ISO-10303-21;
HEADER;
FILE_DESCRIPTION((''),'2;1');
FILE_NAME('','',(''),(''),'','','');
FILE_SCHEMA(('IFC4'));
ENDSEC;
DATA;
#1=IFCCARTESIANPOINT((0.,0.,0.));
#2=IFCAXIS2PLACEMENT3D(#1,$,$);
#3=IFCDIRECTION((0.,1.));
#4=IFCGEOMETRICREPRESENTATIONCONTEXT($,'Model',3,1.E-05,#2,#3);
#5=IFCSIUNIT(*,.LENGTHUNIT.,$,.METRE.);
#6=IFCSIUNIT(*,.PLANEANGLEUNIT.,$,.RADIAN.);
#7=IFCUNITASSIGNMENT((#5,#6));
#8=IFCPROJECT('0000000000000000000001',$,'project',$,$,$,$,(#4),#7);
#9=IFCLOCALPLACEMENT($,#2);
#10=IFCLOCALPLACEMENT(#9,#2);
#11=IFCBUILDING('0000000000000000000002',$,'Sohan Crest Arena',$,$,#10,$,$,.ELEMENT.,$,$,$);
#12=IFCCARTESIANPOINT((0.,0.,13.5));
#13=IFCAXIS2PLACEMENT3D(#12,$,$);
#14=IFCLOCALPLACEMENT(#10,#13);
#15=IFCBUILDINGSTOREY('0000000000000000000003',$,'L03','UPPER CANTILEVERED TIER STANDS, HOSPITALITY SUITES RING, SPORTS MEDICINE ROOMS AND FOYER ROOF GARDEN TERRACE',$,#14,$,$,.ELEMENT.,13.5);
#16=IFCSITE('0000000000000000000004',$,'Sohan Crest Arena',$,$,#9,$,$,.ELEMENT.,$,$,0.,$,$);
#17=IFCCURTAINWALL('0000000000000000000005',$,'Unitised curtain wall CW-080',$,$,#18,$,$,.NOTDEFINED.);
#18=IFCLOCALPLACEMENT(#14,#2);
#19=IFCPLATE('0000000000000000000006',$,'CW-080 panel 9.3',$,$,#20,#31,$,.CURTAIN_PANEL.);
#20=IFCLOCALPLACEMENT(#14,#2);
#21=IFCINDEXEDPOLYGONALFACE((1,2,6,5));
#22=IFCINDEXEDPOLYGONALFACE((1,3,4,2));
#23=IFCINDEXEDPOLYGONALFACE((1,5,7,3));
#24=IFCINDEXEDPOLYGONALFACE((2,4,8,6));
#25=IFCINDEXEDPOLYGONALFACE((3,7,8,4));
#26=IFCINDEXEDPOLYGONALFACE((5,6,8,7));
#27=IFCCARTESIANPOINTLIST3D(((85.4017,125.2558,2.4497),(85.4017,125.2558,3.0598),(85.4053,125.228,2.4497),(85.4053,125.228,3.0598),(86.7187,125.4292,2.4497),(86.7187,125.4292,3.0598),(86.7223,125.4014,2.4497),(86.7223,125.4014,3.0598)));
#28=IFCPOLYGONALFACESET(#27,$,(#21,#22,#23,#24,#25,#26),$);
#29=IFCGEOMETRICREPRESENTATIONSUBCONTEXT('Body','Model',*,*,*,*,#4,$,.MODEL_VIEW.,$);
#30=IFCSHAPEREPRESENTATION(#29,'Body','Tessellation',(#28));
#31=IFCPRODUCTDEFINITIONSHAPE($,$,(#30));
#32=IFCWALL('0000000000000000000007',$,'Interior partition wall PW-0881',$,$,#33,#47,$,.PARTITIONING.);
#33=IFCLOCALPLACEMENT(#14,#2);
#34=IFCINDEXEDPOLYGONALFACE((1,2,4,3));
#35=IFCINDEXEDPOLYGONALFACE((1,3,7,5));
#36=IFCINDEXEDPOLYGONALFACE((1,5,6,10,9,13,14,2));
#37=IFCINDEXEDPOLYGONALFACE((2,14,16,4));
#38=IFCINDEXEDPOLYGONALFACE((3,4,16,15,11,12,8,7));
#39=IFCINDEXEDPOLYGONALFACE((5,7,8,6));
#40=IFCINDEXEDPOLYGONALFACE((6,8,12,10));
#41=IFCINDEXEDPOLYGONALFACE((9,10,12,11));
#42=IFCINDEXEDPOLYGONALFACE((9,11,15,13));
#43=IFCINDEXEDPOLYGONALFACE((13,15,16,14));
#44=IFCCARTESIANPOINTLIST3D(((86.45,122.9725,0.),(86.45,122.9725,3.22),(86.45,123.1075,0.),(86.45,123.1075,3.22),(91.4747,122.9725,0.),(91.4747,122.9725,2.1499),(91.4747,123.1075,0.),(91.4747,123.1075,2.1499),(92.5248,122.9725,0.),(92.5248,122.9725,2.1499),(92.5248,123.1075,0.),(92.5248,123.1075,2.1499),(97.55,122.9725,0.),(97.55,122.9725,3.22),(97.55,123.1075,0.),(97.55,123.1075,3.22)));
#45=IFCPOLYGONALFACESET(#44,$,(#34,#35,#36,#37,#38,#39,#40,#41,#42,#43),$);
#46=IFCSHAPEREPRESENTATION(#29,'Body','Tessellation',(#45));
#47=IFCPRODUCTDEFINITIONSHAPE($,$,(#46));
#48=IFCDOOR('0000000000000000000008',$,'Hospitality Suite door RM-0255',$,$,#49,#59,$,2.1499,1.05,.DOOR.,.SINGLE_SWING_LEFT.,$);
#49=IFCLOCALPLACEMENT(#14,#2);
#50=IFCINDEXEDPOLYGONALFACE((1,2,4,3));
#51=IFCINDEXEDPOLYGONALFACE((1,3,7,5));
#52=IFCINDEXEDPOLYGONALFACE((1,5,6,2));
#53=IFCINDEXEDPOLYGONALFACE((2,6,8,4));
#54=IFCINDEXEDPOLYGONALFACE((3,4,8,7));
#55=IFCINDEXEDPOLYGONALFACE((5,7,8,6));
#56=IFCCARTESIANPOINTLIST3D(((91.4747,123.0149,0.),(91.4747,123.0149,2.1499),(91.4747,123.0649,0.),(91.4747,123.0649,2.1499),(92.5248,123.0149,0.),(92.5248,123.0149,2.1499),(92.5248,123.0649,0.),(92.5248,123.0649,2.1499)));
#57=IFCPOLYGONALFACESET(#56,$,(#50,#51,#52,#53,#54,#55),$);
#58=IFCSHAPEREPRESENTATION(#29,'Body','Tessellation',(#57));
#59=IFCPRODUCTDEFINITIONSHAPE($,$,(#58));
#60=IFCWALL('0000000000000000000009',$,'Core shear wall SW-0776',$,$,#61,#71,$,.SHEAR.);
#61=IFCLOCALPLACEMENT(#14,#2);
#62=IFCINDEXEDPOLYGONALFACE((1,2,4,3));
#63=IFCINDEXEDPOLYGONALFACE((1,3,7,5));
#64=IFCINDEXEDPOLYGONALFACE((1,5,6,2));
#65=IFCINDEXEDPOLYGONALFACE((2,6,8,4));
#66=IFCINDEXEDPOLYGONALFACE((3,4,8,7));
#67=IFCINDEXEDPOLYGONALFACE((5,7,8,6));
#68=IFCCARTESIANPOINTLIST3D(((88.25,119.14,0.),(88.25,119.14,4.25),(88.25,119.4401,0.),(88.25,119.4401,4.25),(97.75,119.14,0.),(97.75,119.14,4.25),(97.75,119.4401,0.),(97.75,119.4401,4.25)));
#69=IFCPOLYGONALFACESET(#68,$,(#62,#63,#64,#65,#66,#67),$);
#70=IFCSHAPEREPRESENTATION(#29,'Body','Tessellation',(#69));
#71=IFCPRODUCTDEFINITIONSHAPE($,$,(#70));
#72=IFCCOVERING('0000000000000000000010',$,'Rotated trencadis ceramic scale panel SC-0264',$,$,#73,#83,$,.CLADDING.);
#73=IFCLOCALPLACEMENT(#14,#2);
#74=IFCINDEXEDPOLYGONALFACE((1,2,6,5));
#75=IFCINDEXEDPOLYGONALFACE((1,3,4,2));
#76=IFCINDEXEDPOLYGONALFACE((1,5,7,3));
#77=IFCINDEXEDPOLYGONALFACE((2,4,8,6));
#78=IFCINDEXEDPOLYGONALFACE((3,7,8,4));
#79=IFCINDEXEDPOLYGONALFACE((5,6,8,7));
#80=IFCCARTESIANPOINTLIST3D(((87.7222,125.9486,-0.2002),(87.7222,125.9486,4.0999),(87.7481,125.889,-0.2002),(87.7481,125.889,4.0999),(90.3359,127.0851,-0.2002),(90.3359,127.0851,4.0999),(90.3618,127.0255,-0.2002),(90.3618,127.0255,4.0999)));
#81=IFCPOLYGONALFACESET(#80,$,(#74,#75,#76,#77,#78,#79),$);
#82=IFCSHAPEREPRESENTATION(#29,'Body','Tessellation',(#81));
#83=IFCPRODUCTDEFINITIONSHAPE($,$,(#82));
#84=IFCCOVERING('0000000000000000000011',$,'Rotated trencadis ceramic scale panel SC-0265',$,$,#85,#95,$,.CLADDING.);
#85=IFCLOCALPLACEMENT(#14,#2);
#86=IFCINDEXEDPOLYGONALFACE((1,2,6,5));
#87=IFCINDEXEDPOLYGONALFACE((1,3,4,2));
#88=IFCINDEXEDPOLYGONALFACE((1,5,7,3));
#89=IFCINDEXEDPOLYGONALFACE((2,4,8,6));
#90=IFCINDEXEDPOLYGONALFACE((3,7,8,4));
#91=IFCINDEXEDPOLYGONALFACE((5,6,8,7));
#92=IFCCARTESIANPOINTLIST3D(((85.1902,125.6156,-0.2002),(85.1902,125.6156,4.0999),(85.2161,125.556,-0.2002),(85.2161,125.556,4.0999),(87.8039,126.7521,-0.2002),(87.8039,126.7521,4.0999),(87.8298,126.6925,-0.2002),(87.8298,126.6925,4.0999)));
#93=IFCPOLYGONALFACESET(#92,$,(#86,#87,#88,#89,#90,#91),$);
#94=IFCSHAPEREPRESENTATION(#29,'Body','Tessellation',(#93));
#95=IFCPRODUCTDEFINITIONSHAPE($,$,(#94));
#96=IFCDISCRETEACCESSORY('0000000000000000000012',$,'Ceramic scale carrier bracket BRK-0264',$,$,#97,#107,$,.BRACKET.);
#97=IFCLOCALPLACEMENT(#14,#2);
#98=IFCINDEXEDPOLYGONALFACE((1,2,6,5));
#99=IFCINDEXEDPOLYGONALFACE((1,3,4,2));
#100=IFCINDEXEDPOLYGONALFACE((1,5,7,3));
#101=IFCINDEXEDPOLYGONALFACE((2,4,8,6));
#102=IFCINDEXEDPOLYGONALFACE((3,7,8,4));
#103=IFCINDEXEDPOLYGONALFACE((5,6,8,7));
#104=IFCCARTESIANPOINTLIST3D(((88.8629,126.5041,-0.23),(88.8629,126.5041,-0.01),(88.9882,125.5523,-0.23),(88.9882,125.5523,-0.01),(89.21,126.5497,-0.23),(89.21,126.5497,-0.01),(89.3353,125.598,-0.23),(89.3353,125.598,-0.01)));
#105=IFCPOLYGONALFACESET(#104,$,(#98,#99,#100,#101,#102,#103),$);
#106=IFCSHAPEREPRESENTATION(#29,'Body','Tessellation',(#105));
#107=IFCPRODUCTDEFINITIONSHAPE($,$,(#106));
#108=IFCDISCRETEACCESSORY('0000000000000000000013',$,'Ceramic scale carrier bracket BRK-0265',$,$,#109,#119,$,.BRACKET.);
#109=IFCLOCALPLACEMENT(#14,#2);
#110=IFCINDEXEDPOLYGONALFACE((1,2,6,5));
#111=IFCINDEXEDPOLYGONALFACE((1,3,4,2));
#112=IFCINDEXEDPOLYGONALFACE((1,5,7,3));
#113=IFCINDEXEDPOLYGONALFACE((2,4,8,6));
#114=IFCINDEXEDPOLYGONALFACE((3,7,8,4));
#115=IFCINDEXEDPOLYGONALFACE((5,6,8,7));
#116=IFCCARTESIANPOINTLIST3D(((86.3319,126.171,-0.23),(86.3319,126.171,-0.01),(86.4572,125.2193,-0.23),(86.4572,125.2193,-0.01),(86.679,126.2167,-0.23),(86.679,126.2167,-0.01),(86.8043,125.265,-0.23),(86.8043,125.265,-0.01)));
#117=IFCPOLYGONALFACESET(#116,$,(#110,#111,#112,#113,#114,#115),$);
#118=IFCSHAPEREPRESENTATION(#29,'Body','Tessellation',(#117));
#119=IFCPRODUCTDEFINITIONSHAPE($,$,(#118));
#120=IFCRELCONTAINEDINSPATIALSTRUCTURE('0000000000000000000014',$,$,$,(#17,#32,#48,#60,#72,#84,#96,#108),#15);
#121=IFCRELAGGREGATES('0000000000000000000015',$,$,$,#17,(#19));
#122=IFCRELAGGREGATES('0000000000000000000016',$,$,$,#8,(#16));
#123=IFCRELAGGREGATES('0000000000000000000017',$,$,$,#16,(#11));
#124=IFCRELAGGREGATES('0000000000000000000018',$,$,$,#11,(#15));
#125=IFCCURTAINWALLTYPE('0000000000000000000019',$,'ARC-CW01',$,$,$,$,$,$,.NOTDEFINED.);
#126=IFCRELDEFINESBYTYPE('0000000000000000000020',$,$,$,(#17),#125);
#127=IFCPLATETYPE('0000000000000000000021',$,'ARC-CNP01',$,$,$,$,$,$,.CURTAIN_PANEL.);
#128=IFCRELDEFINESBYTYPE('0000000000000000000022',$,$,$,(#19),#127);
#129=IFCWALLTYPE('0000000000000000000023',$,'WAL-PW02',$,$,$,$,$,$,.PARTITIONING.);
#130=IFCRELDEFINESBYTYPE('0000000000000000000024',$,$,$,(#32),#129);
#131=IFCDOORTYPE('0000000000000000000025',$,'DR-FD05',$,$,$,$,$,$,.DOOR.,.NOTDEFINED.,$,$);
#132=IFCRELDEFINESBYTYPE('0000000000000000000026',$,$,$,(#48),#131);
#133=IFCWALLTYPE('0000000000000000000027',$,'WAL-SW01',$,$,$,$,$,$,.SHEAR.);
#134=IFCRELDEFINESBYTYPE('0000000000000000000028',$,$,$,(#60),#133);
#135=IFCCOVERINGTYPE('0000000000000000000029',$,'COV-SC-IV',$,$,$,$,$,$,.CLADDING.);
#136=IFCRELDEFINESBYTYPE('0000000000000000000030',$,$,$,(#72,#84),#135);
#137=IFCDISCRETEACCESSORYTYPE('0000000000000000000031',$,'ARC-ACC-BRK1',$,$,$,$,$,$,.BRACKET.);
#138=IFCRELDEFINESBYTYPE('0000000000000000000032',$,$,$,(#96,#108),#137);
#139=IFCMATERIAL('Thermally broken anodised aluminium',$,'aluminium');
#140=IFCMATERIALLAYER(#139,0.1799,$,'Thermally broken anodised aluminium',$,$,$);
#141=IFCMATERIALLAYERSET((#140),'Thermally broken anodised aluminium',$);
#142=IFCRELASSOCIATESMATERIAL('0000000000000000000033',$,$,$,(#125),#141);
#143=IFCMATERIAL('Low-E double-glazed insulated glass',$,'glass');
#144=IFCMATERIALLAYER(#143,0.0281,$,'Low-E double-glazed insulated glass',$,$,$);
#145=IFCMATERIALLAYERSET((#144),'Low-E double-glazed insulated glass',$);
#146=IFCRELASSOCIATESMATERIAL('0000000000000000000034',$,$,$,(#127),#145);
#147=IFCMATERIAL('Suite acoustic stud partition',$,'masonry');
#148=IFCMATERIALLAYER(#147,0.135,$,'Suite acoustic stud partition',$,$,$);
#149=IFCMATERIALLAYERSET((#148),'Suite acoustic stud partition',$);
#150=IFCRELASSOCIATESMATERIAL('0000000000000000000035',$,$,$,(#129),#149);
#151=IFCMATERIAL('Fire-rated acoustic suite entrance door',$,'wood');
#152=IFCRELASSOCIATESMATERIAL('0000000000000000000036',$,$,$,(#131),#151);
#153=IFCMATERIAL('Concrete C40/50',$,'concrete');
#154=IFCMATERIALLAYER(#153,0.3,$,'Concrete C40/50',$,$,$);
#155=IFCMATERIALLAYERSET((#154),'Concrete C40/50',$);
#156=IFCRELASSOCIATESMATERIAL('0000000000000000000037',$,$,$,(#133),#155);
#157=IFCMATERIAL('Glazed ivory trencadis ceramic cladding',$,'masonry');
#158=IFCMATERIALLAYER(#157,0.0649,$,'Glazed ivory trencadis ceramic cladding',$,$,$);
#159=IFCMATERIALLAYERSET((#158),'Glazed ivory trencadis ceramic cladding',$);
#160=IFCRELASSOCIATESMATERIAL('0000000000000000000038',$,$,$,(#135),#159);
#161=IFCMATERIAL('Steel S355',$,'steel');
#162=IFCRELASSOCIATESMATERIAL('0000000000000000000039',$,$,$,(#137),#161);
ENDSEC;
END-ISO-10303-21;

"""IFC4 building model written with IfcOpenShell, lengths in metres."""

from ifc_helpers import new_model, si_unit, direction, frame, frame_2d, origin, origin_2d, place, context, subcontext, project, spatial, rectangle, extrude, material, layer, layer_set, type_object, element, fill, aggregate, save


model = new_model("IFC4")

# Units and contexts
model_context = context("Model", 3, precision=1e-05, world=origin(), true_north=direction((0.0, 1.0)))
body_context = subcontext(model_context, "Body", "Model", "MODEL_VIEW")
ifc_project = project(units=[si_unit("LENGTHUNIT", "METRE"), si_unit("PLANEANGLEUNIT", "RADIAN")], contexts=[model_context])

# Site, building, storey
site_placement = place(None, origin())
site = spatial("IfcSite", under=ifc_project, at=site_placement, Name="Sohan Crest Arena", CompositionType="ELEMENT", RefElevation=0.0)
building_placement = place(site_placement, origin())
building = spatial("IfcBuilding", under=site, at=building_placement, Name="Sohan Crest Arena", CompositionType="ELEMENT")
storey_placement = place(building_placement, frame((0.0, 0.0, 13.5)))
storey = spatial("IfcBuildingStorey", under=building, at=storey_placement, Name="L03", Description="UPPER CANTILEVERED TIER STANDS, HOSPITALITY SUITES RING, SPORTS MEDICINE ROOMS AND FOYER ROOF GARDEN TERRACE", CompositionType="ELEMENT", Elevation=13.5)

# Shared definitions
ifc_material_1 = material(Name="Steel S355", Category="steel")

# Curtain wall
ifc_material_2 = material(Name="Thermally broken anodised aluminium", Category="aluminium")
ifc_layer_1 = layer(ifc_material_2, 0.1799, Name="Thermally broken anodised aluminium")
ifc_layer_set_1 = layer_set([ifc_layer_1], Name="Thermally broken anodised aluminium")
curtain_wall_type_1 = type_object("IfcCurtainWallType", Name="ARC-CW01", PredefinedType="NOTDEFINED", material=ifc_layer_set_1)
curtain_wall_1_placement = place(storey_placement, origin())
curtain_wall_1 = element("IfcCurtainWall", 1, at=curtain_wall_1_placement, inside=storey, type_object=curtain_wall_type_1, Name="Unitised curtain wall CW-080", PredefinedType="NOTDEFINED")

# Plate
ifc_material_3 = material(Name="Low-E double-glazed insulated glass", Category="glass")
ifc_layer_2 = layer(ifc_material_3, 0.0281, Name="Low-E double-glazed insulated glass")
ifc_layer_set_2 = layer_set([ifc_layer_2], Name="Low-E double-glazed insulated glass")
plate_type = type_object("IfcPlateType", Name="ARC-CNP01", PredefinedType="CURTAIN_PANEL", material=ifc_layer_set_2)
plate_1_placement = place(storey_placement, frame((86.062, 125.3286, 2.4497), z_axis=(0.0, 0.0, 1.0), x_axis=(-0.991447, -0.130511, 0.0)))
plate_1 = element("IfcPlate", 2, at=plate_1_placement, type_object=plate_type, Name="CW-080 panel 9.3", PredefinedType="CURTAIN_PANEL", context=body_context, shape_type="SweptSolid", body=[
    extrude(rectangle(XDim=1.3284, YDim=0.0281, at=origin_2d()), origin(), (0.0, 0.0, 1.0), 0.6101),
])
aggregate(curtain_wall_1, [plate_1])

# Wall, opening, door
ifc_material_4 = material(Name="Suite acoustic stud partition", Category="masonry")
ifc_layer_3 = layer(ifc_material_4, 0.135, Name="Suite acoustic stud partition")
ifc_layer_set_3 = layer_set([ifc_layer_3], Name="Suite acoustic stud partition")
wall_type_1 = type_object("IfcWallType", Name="WAL-PW02", PredefinedType="PARTITIONING", material=ifc_layer_set_3)
wall_1_placement = place(storey_placement, frame((86.45, 123.04, 0.0), z_axis=(0.0, 0.0, 1.0), x_axis=(1.0, 0.0, 0.0)))
wall_1 = element("IfcWall", 3, at=wall_1_placement, inside=storey, type_object=wall_type_1, Name="Interior partition wall PW-0881", PredefinedType="PARTITIONING", context=body_context, shape_type="SweptSolid", body=[
    extrude(rectangle(XDim=11.1001, YDim=0.135, at=frame_2d((5.55, 0.0))), origin(), (0.0, 0.0, 1.0), 3.22),
])
opening_placement = place(wall_1_placement, frame((5.0249, 0.0, 0.0)))
opening = element("IfcOpeningElement", 4, at=opening_placement, cuts=wall_1, PredefinedType="OPENING", context=body_context, shape_type="SweptSolid", body=[
    extrude(rectangle(XDim=1.05, YDim=2.1499, at=frame_2d((0.5249, 1.075))), frame((0.0, 0.0774, 0.0), z_axis=(0.0, -1.0, 0.0), x_axis=(1.0, 0.0, 0.0)), (0.0, 0.0, 1.0), 0.155),
])
ifc_material_5 = material(Name="Fire-rated acoustic suite entrance door", Category="wood")
door_type = type_object("IfcDoorType", Name="DR-FD05", OperationType="NOTDEFINED", PredefinedType="DOOR", material=ifc_material_5)
door_placement = place(opening_placement, origin())
door = element("IfcDoor", 5, at=door_placement, inside=storey, type_object=door_type, Name="Hospitality Suite door RM-0255", OperationType="SINGLE_SWING_LEFT", OverallHeight=2.1499, OverallWidth=1.05, PredefinedType="DOOR", context=body_context, shape_type="SweptSolid", body=[
    extrude(rectangle(XDim=1.05, YDim=2.1499, at=frame_2d((0.5249, 1.075))), frame((0.0, 0.0249, 0.0), z_axis=(0.0, -1.0, 0.0), x_axis=(1.0, 0.0, 0.0)), (0.0, 0.0, 1.0), 0.05),
])
fill(opening, door)

# Wall
ifc_material_6 = material(Name="Concrete C40/50", Category="concrete")
ifc_layer_4 = layer(ifc_material_6, 0.3, Name="Concrete C40/50")
ifc_layer_set_4 = layer_set([ifc_layer_4], Name="Concrete C40/50")
wall_type_2 = type_object("IfcWallType", Name="WAL-SW01", PredefinedType="SHEAR", material=ifc_layer_set_4)
wall_2_placement = place(storey_placement, frame((88.25, 119.29, 0.0), z_axis=(0.0, 0.0, 1.0), x_axis=(1.0, 0.0, 0.0)))
element("IfcWall", 6, at=wall_2_placement, inside=storey, type_object=wall_type_2, Name="Core shear wall SW-0776", PredefinedType="SHEAR", context=body_context, shape_type="SweptSolid", body=[
    extrude(rectangle(XDim=9.5, YDim=0.3, at=frame_2d((4.75, 0.0))), origin(), (0.0, 0.0, 1.0), 4.25),
])

# Coverings
ifc_material_7 = material(Name="Glazed ivory trencadis ceramic cladding", Category="masonry")
ifc_layer_5 = layer(ifc_material_7, 0.0649, Name="Glazed ivory trencadis ceramic cladding")
ifc_layer_set_5 = layer_set([ifc_layer_5], Name="Glazed ivory trencadis ceramic cladding")
covering_type = type_object("IfcCoveringType", Name="COV-SC-IV", PredefinedType="CLADDING", material=ifc_layer_set_5)
for number, where, z_axis, x_axis, name in (
    (7, (89.042, 126.4871, -0.2002), (0.0, 0.0, 1.0), (-0.91706, -0.398749, 0.0), "Rotated trencadis ceramic scale panel SC-0264"),
    (8, (86.51, 126.1541, -0.2002), (0.0, 0.0, 1.0), (-0.91706, -0.398749, 0.0), "Rotated trencadis ceramic scale panel SC-0265"),
):
    element("IfcCovering", number, at=place(storey_placement, frame(where, z_axis=z_axis, x_axis=x_axis)), inside=storey, type_object=covering_type, Name=name, PredefinedType="CLADDING", context=body_context, shape_type="SweptSolid", body=[
        extrude(rectangle(XDim=2.8501, YDim=0.0649, at=origin_2d()), origin(), (0.0, 0.0, 1.0), 4.3),
    ])

# Discrete accessories
discrete_accessory_type = type_object("IfcDiscreteAccessoryType", Name="ARC-ACC-BRK1", PredefinedType="BRACKET", material=ifc_material_1)
for number, where, z_axis, x_axis, name in (
    (9, (89.0991, 126.051, -0.23), (0.0, 0.0, 1.0), (-0.991445, -0.130526, 0.0), "Ceramic scale carrier bracket BRK-0264"),
    (10, (86.5681, 125.718, -0.23), (0.0, 0.0, 1.0), (-0.991445, -0.130526, 0.0), "Ceramic scale carrier bracket BRK-0265"),
):
    element("IfcDiscreteAccessory", number, at=place(storey_placement, frame(where, z_axis=z_axis, x_axis=x_axis)), inside=storey, type_object=discrete_accessory_type, Name=name, PredefinedType="BRACKET", context=body_context, shape_type="SweptSolid", body=[
        extrude(rectangle(XDim=0.3501, YDim=0.96, at=origin_2d()), origin(), (0.0, 0.0, 1.0), 0.22),
    ])

save(model, "model.ifc")
